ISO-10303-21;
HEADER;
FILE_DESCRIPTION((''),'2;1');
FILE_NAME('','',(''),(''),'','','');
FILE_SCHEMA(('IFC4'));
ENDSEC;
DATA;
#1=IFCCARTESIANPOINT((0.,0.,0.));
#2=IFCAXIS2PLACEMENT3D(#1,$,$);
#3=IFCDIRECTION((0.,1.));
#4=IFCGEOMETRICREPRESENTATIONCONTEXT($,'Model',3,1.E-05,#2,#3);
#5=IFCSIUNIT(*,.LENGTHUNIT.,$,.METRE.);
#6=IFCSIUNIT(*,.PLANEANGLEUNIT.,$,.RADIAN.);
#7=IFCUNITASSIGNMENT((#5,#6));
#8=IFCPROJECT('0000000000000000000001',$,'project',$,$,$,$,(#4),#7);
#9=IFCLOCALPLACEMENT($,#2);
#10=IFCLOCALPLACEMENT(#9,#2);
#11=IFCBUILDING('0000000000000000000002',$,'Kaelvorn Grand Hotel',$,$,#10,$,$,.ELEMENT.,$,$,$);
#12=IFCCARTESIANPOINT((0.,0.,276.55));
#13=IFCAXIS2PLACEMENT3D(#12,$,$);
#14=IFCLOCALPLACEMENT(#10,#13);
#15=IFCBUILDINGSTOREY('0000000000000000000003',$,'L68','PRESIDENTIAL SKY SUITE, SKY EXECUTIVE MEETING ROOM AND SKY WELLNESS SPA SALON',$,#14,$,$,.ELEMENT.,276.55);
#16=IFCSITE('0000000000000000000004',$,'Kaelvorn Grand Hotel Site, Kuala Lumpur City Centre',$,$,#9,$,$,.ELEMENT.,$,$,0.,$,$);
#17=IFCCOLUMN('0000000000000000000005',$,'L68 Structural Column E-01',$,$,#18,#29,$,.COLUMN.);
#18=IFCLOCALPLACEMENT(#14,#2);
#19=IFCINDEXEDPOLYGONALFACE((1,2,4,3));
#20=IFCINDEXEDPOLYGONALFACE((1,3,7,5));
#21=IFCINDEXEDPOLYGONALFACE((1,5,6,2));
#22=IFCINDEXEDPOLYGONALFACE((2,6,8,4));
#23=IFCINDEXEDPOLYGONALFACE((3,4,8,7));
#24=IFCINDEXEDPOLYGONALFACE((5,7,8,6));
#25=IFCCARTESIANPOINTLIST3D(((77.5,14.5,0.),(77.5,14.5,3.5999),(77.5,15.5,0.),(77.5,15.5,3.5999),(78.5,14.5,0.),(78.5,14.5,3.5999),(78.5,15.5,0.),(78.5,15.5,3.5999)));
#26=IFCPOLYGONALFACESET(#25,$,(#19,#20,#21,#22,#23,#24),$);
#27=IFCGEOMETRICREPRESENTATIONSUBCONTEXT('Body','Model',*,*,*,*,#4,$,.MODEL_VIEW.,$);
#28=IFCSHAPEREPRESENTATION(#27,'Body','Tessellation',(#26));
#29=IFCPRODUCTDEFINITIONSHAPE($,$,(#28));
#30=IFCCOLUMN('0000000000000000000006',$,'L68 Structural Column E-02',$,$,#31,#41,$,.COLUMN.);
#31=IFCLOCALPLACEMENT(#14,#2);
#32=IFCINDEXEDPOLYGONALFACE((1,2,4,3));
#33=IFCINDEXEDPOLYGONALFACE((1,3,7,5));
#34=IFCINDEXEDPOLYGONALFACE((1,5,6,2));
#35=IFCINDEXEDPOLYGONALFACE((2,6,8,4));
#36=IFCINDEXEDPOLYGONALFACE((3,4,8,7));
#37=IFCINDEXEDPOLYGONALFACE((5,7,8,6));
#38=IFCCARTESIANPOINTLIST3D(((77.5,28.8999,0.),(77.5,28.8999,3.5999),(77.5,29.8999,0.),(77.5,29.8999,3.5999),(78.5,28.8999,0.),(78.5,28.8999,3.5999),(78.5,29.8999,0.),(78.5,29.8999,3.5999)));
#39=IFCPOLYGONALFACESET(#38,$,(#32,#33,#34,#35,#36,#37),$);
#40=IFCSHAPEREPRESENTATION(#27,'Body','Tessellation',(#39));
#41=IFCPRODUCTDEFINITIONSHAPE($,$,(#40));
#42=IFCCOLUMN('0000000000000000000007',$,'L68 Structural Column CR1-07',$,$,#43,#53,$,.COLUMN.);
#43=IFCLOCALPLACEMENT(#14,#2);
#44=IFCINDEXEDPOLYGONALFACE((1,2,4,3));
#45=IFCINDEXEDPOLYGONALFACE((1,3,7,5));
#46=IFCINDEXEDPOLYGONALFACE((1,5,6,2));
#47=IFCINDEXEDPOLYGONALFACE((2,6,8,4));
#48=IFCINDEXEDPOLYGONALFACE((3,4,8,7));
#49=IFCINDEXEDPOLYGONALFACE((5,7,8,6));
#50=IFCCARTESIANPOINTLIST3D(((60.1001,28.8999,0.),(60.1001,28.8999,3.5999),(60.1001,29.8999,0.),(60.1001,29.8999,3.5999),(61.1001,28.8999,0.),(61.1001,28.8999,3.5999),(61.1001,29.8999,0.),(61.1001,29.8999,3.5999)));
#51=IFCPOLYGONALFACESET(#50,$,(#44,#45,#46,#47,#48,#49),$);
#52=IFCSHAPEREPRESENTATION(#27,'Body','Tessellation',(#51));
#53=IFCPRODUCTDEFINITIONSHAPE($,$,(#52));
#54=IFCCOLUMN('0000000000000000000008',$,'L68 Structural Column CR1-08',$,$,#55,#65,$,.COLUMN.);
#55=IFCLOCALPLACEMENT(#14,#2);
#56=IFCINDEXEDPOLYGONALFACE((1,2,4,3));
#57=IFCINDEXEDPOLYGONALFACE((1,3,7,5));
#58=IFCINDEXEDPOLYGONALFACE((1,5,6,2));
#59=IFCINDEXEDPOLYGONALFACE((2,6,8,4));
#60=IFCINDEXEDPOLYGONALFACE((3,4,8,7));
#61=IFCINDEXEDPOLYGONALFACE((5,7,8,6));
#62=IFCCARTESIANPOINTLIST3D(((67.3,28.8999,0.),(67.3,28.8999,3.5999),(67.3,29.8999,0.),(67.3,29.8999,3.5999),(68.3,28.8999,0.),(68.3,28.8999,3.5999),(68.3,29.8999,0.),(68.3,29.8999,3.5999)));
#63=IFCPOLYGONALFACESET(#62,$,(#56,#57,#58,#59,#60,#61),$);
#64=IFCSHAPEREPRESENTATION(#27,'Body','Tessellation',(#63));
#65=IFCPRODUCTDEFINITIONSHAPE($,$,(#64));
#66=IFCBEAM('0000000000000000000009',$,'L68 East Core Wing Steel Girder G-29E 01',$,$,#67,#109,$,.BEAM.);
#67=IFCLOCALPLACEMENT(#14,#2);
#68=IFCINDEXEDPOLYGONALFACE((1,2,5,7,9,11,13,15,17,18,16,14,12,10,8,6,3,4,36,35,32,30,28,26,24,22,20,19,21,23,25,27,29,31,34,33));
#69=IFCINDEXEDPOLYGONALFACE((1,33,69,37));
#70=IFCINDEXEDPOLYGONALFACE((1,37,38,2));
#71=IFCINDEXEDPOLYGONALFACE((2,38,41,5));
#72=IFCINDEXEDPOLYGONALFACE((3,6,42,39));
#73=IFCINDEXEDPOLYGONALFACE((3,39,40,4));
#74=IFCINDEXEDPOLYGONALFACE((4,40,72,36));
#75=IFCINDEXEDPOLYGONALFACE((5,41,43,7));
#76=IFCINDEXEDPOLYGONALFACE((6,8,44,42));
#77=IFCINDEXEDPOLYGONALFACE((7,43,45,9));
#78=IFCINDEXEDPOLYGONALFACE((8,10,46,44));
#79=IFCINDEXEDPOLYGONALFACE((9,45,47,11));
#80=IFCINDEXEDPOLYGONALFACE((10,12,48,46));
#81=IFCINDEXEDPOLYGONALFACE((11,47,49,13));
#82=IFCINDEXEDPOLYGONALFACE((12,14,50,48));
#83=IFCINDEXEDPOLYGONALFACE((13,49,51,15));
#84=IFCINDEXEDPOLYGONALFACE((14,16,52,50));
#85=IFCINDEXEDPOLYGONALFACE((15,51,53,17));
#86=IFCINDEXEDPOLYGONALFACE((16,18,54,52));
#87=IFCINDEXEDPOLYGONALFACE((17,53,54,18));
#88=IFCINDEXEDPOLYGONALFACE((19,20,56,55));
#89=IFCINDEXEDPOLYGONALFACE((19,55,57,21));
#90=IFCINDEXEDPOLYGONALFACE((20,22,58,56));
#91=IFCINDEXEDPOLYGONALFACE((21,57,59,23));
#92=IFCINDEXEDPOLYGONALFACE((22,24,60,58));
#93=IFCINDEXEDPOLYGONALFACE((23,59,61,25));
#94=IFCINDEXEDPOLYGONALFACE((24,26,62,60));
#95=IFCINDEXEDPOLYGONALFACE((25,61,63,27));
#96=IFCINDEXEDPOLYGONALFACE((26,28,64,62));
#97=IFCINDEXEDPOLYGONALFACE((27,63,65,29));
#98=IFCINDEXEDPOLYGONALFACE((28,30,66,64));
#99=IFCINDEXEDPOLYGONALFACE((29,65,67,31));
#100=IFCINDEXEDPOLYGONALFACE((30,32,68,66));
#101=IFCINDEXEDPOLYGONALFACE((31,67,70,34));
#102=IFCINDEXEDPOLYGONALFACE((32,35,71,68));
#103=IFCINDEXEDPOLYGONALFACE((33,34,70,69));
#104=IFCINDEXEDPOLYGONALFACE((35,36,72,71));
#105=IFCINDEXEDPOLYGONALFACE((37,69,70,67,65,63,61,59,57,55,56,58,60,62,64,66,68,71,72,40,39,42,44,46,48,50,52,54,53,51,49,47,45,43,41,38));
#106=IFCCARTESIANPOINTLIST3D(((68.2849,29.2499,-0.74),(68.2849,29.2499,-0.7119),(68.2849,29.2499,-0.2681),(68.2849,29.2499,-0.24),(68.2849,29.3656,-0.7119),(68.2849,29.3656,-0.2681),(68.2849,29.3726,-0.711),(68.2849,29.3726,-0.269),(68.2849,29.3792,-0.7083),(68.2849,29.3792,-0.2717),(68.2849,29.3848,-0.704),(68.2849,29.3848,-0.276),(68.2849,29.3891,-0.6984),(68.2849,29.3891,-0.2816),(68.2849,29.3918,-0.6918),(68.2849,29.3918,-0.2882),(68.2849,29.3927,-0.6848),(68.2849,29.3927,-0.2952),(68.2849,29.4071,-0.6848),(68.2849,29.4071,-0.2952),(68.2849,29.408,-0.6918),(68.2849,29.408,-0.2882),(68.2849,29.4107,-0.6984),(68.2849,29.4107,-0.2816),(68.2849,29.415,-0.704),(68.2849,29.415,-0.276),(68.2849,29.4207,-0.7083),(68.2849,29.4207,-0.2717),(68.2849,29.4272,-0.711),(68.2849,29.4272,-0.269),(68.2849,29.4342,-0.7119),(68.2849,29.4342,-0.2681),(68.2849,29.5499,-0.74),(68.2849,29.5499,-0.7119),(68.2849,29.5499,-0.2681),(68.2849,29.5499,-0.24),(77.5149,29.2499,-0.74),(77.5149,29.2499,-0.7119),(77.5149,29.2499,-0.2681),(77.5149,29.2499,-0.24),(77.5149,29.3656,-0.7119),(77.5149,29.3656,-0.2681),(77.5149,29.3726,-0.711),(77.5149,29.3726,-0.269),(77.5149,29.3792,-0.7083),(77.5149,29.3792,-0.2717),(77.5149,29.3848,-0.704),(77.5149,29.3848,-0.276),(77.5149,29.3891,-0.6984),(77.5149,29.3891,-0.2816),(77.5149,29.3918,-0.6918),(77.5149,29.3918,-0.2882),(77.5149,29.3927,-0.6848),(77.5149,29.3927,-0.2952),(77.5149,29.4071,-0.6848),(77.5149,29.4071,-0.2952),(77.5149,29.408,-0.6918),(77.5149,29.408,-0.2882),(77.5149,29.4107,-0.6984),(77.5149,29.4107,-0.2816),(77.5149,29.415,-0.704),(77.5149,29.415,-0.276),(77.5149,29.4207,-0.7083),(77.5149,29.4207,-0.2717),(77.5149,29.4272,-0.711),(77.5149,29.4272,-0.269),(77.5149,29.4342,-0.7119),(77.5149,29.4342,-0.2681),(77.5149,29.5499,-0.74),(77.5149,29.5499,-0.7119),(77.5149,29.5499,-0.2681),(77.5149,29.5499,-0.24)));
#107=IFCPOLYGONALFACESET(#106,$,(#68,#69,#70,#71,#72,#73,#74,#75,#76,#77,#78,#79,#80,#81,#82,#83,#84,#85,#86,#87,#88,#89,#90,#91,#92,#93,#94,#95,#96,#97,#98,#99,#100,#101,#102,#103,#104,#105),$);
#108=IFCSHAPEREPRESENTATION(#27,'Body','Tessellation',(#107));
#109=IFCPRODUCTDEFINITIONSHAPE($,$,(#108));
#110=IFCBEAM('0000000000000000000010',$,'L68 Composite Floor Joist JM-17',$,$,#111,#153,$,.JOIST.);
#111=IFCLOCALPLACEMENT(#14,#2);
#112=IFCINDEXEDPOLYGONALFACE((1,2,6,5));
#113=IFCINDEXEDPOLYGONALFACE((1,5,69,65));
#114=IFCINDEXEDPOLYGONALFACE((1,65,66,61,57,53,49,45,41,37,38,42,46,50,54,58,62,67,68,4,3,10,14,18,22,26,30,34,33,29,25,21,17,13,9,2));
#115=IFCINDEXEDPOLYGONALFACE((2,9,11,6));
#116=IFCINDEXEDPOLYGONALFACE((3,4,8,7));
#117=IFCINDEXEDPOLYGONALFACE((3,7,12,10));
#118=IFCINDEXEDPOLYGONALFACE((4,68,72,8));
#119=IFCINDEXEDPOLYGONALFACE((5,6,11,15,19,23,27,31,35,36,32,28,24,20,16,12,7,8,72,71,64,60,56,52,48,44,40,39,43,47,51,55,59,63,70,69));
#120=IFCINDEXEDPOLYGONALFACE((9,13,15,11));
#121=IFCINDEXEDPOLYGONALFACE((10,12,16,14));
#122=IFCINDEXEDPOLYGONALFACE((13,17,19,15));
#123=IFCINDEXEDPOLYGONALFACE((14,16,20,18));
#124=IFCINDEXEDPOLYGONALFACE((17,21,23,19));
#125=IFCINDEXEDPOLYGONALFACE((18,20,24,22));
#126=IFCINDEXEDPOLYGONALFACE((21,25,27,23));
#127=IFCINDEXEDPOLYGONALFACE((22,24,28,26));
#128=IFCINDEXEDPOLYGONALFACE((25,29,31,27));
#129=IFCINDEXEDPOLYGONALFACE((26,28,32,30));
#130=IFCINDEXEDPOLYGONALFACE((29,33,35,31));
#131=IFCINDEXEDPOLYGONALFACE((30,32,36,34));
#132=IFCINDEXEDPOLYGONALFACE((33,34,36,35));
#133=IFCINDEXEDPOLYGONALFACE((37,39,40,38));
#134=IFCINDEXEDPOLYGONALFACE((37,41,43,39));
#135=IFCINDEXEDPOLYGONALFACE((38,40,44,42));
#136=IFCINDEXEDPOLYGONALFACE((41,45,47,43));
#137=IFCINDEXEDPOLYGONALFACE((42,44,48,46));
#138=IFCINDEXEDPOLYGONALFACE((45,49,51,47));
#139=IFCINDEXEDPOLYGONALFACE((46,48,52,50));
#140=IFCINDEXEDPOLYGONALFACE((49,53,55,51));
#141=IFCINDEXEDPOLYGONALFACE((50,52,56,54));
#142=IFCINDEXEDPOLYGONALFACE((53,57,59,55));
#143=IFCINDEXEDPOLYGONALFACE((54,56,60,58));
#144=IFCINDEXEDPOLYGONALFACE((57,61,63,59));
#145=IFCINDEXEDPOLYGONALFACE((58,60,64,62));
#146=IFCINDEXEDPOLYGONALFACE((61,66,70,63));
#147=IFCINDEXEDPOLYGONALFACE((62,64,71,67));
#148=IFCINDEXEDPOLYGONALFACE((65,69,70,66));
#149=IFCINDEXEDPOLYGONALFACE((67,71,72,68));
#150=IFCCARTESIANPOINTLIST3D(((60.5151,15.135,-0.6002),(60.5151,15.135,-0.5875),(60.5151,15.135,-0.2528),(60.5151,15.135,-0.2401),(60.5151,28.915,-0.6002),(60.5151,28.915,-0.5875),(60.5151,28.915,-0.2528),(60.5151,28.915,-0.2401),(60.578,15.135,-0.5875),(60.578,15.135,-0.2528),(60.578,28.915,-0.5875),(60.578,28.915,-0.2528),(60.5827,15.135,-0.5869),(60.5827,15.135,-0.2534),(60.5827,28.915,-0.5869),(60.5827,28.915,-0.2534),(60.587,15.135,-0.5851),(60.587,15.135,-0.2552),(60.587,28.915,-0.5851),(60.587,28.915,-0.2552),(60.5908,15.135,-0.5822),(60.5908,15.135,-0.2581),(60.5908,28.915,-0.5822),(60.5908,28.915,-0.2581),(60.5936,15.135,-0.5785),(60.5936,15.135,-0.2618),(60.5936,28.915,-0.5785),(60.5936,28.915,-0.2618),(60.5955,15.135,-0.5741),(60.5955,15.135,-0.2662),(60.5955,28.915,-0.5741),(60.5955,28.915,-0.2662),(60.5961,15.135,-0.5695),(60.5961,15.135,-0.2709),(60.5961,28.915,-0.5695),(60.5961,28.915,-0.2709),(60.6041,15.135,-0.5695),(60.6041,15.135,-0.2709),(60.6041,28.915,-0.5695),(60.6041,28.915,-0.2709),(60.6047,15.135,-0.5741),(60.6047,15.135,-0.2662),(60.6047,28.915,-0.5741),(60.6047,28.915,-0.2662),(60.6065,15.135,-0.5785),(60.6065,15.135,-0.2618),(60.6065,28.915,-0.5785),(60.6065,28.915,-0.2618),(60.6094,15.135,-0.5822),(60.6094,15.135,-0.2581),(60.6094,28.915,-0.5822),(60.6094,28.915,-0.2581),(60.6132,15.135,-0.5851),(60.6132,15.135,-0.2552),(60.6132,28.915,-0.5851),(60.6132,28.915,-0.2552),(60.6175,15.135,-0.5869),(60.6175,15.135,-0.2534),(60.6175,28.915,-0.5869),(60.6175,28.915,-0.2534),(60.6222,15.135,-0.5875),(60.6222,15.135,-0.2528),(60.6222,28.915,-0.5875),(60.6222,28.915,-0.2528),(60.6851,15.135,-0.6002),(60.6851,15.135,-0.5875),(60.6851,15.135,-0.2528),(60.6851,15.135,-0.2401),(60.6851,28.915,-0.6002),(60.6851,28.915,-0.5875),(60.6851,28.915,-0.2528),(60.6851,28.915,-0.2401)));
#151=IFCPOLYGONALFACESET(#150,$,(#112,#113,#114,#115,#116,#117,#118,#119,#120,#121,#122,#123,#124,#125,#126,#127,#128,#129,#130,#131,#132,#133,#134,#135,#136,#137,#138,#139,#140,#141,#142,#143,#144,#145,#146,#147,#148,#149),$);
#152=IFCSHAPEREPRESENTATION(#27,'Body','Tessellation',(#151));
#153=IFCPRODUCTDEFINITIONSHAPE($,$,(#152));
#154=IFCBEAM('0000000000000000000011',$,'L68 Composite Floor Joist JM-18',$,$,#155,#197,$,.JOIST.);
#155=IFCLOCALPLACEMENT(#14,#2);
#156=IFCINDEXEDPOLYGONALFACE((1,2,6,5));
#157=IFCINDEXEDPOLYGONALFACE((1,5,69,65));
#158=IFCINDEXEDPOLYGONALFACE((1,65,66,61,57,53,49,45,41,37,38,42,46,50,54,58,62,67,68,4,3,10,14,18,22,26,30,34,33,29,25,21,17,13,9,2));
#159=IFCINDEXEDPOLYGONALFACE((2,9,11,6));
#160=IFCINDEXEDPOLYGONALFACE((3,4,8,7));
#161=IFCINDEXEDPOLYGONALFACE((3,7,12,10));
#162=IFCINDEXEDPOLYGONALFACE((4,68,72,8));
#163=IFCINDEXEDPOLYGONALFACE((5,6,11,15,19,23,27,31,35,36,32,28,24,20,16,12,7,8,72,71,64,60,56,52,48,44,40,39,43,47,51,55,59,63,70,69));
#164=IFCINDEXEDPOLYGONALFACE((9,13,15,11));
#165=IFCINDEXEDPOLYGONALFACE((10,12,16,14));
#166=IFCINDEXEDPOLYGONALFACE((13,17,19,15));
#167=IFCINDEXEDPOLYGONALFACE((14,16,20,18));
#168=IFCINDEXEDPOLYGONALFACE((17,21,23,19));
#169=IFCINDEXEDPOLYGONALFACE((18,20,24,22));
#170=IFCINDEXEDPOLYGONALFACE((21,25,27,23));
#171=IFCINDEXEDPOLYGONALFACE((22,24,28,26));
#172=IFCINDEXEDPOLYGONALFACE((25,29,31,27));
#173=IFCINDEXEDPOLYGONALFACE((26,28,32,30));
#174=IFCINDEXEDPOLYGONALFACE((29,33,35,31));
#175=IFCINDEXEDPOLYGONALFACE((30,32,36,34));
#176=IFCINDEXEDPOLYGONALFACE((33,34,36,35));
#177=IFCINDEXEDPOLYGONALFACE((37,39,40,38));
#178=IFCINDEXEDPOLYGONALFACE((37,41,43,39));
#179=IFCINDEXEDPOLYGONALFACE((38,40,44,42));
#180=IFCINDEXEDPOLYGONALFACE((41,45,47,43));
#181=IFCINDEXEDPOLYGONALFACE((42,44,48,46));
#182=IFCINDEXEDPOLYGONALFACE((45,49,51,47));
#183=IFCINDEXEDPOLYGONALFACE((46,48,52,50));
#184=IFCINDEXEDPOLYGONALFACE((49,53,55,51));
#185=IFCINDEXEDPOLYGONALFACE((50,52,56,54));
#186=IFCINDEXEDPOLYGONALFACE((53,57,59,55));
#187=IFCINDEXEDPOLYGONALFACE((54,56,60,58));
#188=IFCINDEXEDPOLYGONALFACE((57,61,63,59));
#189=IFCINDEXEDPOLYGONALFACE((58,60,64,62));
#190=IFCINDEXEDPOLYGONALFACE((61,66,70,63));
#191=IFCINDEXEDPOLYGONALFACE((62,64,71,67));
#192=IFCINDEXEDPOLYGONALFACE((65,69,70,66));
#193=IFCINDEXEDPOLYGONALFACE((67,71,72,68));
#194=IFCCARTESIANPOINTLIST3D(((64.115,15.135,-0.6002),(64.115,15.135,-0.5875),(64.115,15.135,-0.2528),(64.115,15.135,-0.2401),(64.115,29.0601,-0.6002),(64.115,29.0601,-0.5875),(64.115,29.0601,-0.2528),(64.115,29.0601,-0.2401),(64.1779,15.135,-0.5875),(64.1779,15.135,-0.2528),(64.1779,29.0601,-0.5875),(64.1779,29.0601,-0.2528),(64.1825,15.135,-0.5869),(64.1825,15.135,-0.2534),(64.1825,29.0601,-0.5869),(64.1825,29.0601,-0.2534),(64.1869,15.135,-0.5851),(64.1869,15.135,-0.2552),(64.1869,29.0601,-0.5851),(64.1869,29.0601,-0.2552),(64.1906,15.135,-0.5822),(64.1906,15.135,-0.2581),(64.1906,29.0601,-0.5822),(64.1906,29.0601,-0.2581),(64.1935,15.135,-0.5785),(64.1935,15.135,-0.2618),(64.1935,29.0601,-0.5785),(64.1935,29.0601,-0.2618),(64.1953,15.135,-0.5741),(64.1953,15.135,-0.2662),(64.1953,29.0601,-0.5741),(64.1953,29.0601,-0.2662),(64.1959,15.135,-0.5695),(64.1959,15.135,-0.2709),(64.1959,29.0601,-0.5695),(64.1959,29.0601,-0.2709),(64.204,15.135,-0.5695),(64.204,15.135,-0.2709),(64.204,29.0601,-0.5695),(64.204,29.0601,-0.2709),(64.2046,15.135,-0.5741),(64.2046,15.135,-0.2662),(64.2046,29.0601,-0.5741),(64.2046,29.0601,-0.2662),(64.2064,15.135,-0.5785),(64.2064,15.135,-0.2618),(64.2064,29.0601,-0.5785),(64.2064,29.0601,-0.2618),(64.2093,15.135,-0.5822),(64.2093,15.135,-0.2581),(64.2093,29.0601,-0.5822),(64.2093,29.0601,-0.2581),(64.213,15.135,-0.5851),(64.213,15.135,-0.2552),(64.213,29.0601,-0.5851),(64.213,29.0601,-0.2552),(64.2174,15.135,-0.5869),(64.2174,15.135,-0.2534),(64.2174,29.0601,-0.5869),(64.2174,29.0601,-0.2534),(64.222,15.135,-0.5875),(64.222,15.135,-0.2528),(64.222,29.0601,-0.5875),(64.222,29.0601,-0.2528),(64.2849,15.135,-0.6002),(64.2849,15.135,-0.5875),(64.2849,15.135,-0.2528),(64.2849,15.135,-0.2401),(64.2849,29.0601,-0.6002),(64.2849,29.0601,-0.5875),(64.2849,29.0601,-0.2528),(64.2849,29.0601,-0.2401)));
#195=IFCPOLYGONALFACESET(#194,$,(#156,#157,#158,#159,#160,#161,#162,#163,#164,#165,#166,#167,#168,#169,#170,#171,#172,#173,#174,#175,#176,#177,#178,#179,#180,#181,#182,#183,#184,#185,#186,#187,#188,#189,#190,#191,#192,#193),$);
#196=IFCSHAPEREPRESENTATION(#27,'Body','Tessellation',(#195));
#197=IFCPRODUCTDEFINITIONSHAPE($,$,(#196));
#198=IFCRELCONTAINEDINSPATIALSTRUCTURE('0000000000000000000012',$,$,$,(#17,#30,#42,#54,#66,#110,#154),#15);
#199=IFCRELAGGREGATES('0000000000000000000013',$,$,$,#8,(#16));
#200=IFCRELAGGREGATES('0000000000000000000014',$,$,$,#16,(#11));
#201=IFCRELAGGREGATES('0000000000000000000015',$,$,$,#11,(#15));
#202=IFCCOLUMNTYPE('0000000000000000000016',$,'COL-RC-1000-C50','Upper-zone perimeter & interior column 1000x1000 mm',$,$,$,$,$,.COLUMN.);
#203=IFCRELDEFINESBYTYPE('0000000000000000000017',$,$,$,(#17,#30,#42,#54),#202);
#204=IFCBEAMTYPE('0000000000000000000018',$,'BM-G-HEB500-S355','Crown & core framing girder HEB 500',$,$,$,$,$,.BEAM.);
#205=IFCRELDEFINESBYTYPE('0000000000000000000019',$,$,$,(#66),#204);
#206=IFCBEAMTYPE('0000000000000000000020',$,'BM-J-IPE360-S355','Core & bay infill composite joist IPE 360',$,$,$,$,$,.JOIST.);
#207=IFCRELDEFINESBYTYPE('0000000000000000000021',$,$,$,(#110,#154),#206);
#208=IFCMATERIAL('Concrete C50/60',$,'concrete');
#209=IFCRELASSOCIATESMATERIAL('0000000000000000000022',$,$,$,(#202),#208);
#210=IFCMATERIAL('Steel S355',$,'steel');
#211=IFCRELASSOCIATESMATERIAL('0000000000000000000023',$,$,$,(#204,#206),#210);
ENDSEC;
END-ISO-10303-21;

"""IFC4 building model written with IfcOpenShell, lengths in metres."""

from ifc_helpers import new_model, si_unit, direction, frame, origin, origin_2d, place, context, subcontext, project, spatial, rectangle, i_section, extrude, material, material_profile, profile_set, type_object, element, save


model = new_model("IFC4")

# Units and contexts
model_context = context("Model", 3, precision=1e-05, world=origin(), true_north=direction((0.0, 1.0)))
body_context = subcontext(model_context, "Body", "Model", "MODEL_VIEW")
ifc_project = project(units=[si_unit("LENGTHUNIT", "METRE"), si_unit("PLANEANGLEUNIT", "RADIAN")], contexts=[model_context])

# Site, building, storey
site_placement = place(None, origin())
site = spatial("IfcSite", under=ifc_project, at=site_placement, Name="Kaelvorn Grand Hotel Site, Kuala Lumpur City Centre", CompositionType="ELEMENT", RefElevation=0.0)
building_placement = place(site_placement, origin())
building = spatial("IfcBuilding", under=site, at=building_placement, Name="Kaelvorn Grand Hotel", CompositionType="ELEMENT")
storey_placement = place(building_placement, frame((0.0, 0.0, 276.55)))
storey = spatial("IfcBuildingStorey", under=building, at=storey_placement, Name="L68", Description="PRESIDENTIAL SKY SUITE, SKY EXECUTIVE MEETING ROOM AND SKY WELLNESS SPA SALON", CompositionType="ELEMENT", Elevation=276.55)

# Columns
ifc_material_1 = material(Name="Concrete C50/60", Category="concrete")
ifc_material_profile_1 = material_profile(ifc_material_1, rectangle(XDim=1.0, YDim=1.0, at=origin_2d()), Name="RC COL 1000x1000")
ifc_profile_set_1 = profile_set([ifc_material_profile_1], Name="Concrete C50/60")
column_type = type_object("IfcColumnType", Name="COL-RC-1000-C50", Description="Upper-zone perimeter & interior column 1000x1000 mm", PredefinedType="COLUMN", material=ifc_profile_set_1)
for number, where, z_axis, x_axis, name in (
    (1, (78.0, 15.0, 0.0), (0.0, 0.0, 1.0), (1.0, 0.0, 0.0), "L68 Structural Column E-01"),
    (2, (78.0, 29.3999, 0.0), (0.0, 0.0, 1.0), (1.0, 0.0, 0.0), "L68 Structural Column E-02"),
    (3, (60.6001, 29.3999, 0.0), (0.0, 0.0, 1.0), (1.0, 0.0, 0.0), "L68 Structural Column CR1-07"),
    (4, (67.8, 29.3999, 0.0), (0.0, 0.0, 1.0), (1.0, 0.0, 0.0), "L68 Structural Column CR1-08"),
):
    element("IfcColumn", number, at=place(storey_placement, frame(where, z_axis=z_axis, x_axis=x_axis)), inside=storey, type_object=column_type, Name=name, PredefinedType="COLUMN", context=body_context, shape_type="SweptSolid", body=[
        extrude(rectangle(XDim=1.0, YDim=1.0, at=origin_2d()), origin(), (0.0, 0.0, 1.0), 3.5999),
    ])

# Beams
ifc_material_2 = material(Name="Steel S355", Category="steel")
ifc_material_profile_2 = material_profile(ifc_material_2, i_section(OverallWidth=0.3, OverallDepth=0.5, WebThickness=0.0144, FlangeThickness=0.0281, FilletRadius=0.0271, at=origin_2d()), Name="HEB 500")
ifc_profile_set_2 = profile_set([ifc_material_profile_2], Name="Steel S355")
beam_type_1 = type_object("IfcBeamType", Name="BM-G-HEB500-S355", Description="Crown & core framing girder HEB 500", PredefinedType="BEAM", material=ifc_profile_set_2)
beam_1_placement = place(storey_placement, frame((68.2849, 29.3999, -0.49), z_axis=(1.0, 0.0, 0.0), x_axis=(0.0, 1.0, 0.0)))
element("IfcBeam", 5, at=beam_1_placement, inside=storey, type_object=beam_type_1, Name="L68 East Core Wing Steel Girder G-29E 01", PredefinedType="BEAM", context=body_context, shape_type="SweptSolid", body=[
    extrude(i_section(OverallWidth=0.3, OverallDepth=0.5, WebThickness=0.0144, FlangeThickness=0.0281, FilletRadius=0.0271, at=origin_2d()), origin(), (0.0, 0.0, 1.0), 9.23),
])
ifc_material_profile_3 = material_profile(ifc_material_2, i_section(OverallWidth=0.1699, OverallDepth=0.3601, WebThickness=0.0081, FlangeThickness=0.0127, FilletRadius=0.0181, at=origin_2d()), Name="IPE 360")
ifc_profile_set_3 = profile_set([ifc_material_profile_3], Name="Steel S355")
beam_type_2 = type_object("IfcBeamType", Name="BM-J-IPE360-S355", Description="Core & bay infill composite joist IPE 360", PredefinedType="JOIST", material=ifc_profile_set_3)
beam_2_placement = place(storey_placement, frame((60.6001, 15.135, -0.4202), z_axis=(0.0, 1.0, 0.0), x_axis=(-1.0, 0.0, 0.0)))
element("IfcBeam", 6, at=beam_2_placement, inside=storey, type_object=beam_type_2, Name="L68 Composite Floor Joist JM-17", PredefinedType="JOIST", context=body_context, shape_type="SweptSolid", body=[
    extrude(i_section(OverallWidth=0.1699, OverallDepth=0.3601, WebThickness=0.0081, FlangeThickness=0.0127, FilletRadius=0.0181, at=origin_2d()), origin(), (0.0, 0.0, 1.0), 13.78),
])
beam_3_placement = place(storey_placement, frame((64.2, 15.135, -0.4202), z_axis=(0.0, 1.0, 0.0), x_axis=(-1.0, 0.0, 0.0)))
element("IfcBeam", 7, at=beam_3_placement, inside=storey, type_object=beam_type_2, Name="L68 Composite Floor Joist JM-18", PredefinedType="JOIST", context=body_context, shape_type="SweptSolid", body=[
    extrude(i_section(OverallWidth=0.1699, OverallDepth=0.3601, WebThickness=0.0081, FlangeThickness=0.0127, FilletRadius=0.0181, at=origin_2d()), origin(), (0.0, 0.0, 1.0), 13.925),
])

save(model, "model.ifc")
